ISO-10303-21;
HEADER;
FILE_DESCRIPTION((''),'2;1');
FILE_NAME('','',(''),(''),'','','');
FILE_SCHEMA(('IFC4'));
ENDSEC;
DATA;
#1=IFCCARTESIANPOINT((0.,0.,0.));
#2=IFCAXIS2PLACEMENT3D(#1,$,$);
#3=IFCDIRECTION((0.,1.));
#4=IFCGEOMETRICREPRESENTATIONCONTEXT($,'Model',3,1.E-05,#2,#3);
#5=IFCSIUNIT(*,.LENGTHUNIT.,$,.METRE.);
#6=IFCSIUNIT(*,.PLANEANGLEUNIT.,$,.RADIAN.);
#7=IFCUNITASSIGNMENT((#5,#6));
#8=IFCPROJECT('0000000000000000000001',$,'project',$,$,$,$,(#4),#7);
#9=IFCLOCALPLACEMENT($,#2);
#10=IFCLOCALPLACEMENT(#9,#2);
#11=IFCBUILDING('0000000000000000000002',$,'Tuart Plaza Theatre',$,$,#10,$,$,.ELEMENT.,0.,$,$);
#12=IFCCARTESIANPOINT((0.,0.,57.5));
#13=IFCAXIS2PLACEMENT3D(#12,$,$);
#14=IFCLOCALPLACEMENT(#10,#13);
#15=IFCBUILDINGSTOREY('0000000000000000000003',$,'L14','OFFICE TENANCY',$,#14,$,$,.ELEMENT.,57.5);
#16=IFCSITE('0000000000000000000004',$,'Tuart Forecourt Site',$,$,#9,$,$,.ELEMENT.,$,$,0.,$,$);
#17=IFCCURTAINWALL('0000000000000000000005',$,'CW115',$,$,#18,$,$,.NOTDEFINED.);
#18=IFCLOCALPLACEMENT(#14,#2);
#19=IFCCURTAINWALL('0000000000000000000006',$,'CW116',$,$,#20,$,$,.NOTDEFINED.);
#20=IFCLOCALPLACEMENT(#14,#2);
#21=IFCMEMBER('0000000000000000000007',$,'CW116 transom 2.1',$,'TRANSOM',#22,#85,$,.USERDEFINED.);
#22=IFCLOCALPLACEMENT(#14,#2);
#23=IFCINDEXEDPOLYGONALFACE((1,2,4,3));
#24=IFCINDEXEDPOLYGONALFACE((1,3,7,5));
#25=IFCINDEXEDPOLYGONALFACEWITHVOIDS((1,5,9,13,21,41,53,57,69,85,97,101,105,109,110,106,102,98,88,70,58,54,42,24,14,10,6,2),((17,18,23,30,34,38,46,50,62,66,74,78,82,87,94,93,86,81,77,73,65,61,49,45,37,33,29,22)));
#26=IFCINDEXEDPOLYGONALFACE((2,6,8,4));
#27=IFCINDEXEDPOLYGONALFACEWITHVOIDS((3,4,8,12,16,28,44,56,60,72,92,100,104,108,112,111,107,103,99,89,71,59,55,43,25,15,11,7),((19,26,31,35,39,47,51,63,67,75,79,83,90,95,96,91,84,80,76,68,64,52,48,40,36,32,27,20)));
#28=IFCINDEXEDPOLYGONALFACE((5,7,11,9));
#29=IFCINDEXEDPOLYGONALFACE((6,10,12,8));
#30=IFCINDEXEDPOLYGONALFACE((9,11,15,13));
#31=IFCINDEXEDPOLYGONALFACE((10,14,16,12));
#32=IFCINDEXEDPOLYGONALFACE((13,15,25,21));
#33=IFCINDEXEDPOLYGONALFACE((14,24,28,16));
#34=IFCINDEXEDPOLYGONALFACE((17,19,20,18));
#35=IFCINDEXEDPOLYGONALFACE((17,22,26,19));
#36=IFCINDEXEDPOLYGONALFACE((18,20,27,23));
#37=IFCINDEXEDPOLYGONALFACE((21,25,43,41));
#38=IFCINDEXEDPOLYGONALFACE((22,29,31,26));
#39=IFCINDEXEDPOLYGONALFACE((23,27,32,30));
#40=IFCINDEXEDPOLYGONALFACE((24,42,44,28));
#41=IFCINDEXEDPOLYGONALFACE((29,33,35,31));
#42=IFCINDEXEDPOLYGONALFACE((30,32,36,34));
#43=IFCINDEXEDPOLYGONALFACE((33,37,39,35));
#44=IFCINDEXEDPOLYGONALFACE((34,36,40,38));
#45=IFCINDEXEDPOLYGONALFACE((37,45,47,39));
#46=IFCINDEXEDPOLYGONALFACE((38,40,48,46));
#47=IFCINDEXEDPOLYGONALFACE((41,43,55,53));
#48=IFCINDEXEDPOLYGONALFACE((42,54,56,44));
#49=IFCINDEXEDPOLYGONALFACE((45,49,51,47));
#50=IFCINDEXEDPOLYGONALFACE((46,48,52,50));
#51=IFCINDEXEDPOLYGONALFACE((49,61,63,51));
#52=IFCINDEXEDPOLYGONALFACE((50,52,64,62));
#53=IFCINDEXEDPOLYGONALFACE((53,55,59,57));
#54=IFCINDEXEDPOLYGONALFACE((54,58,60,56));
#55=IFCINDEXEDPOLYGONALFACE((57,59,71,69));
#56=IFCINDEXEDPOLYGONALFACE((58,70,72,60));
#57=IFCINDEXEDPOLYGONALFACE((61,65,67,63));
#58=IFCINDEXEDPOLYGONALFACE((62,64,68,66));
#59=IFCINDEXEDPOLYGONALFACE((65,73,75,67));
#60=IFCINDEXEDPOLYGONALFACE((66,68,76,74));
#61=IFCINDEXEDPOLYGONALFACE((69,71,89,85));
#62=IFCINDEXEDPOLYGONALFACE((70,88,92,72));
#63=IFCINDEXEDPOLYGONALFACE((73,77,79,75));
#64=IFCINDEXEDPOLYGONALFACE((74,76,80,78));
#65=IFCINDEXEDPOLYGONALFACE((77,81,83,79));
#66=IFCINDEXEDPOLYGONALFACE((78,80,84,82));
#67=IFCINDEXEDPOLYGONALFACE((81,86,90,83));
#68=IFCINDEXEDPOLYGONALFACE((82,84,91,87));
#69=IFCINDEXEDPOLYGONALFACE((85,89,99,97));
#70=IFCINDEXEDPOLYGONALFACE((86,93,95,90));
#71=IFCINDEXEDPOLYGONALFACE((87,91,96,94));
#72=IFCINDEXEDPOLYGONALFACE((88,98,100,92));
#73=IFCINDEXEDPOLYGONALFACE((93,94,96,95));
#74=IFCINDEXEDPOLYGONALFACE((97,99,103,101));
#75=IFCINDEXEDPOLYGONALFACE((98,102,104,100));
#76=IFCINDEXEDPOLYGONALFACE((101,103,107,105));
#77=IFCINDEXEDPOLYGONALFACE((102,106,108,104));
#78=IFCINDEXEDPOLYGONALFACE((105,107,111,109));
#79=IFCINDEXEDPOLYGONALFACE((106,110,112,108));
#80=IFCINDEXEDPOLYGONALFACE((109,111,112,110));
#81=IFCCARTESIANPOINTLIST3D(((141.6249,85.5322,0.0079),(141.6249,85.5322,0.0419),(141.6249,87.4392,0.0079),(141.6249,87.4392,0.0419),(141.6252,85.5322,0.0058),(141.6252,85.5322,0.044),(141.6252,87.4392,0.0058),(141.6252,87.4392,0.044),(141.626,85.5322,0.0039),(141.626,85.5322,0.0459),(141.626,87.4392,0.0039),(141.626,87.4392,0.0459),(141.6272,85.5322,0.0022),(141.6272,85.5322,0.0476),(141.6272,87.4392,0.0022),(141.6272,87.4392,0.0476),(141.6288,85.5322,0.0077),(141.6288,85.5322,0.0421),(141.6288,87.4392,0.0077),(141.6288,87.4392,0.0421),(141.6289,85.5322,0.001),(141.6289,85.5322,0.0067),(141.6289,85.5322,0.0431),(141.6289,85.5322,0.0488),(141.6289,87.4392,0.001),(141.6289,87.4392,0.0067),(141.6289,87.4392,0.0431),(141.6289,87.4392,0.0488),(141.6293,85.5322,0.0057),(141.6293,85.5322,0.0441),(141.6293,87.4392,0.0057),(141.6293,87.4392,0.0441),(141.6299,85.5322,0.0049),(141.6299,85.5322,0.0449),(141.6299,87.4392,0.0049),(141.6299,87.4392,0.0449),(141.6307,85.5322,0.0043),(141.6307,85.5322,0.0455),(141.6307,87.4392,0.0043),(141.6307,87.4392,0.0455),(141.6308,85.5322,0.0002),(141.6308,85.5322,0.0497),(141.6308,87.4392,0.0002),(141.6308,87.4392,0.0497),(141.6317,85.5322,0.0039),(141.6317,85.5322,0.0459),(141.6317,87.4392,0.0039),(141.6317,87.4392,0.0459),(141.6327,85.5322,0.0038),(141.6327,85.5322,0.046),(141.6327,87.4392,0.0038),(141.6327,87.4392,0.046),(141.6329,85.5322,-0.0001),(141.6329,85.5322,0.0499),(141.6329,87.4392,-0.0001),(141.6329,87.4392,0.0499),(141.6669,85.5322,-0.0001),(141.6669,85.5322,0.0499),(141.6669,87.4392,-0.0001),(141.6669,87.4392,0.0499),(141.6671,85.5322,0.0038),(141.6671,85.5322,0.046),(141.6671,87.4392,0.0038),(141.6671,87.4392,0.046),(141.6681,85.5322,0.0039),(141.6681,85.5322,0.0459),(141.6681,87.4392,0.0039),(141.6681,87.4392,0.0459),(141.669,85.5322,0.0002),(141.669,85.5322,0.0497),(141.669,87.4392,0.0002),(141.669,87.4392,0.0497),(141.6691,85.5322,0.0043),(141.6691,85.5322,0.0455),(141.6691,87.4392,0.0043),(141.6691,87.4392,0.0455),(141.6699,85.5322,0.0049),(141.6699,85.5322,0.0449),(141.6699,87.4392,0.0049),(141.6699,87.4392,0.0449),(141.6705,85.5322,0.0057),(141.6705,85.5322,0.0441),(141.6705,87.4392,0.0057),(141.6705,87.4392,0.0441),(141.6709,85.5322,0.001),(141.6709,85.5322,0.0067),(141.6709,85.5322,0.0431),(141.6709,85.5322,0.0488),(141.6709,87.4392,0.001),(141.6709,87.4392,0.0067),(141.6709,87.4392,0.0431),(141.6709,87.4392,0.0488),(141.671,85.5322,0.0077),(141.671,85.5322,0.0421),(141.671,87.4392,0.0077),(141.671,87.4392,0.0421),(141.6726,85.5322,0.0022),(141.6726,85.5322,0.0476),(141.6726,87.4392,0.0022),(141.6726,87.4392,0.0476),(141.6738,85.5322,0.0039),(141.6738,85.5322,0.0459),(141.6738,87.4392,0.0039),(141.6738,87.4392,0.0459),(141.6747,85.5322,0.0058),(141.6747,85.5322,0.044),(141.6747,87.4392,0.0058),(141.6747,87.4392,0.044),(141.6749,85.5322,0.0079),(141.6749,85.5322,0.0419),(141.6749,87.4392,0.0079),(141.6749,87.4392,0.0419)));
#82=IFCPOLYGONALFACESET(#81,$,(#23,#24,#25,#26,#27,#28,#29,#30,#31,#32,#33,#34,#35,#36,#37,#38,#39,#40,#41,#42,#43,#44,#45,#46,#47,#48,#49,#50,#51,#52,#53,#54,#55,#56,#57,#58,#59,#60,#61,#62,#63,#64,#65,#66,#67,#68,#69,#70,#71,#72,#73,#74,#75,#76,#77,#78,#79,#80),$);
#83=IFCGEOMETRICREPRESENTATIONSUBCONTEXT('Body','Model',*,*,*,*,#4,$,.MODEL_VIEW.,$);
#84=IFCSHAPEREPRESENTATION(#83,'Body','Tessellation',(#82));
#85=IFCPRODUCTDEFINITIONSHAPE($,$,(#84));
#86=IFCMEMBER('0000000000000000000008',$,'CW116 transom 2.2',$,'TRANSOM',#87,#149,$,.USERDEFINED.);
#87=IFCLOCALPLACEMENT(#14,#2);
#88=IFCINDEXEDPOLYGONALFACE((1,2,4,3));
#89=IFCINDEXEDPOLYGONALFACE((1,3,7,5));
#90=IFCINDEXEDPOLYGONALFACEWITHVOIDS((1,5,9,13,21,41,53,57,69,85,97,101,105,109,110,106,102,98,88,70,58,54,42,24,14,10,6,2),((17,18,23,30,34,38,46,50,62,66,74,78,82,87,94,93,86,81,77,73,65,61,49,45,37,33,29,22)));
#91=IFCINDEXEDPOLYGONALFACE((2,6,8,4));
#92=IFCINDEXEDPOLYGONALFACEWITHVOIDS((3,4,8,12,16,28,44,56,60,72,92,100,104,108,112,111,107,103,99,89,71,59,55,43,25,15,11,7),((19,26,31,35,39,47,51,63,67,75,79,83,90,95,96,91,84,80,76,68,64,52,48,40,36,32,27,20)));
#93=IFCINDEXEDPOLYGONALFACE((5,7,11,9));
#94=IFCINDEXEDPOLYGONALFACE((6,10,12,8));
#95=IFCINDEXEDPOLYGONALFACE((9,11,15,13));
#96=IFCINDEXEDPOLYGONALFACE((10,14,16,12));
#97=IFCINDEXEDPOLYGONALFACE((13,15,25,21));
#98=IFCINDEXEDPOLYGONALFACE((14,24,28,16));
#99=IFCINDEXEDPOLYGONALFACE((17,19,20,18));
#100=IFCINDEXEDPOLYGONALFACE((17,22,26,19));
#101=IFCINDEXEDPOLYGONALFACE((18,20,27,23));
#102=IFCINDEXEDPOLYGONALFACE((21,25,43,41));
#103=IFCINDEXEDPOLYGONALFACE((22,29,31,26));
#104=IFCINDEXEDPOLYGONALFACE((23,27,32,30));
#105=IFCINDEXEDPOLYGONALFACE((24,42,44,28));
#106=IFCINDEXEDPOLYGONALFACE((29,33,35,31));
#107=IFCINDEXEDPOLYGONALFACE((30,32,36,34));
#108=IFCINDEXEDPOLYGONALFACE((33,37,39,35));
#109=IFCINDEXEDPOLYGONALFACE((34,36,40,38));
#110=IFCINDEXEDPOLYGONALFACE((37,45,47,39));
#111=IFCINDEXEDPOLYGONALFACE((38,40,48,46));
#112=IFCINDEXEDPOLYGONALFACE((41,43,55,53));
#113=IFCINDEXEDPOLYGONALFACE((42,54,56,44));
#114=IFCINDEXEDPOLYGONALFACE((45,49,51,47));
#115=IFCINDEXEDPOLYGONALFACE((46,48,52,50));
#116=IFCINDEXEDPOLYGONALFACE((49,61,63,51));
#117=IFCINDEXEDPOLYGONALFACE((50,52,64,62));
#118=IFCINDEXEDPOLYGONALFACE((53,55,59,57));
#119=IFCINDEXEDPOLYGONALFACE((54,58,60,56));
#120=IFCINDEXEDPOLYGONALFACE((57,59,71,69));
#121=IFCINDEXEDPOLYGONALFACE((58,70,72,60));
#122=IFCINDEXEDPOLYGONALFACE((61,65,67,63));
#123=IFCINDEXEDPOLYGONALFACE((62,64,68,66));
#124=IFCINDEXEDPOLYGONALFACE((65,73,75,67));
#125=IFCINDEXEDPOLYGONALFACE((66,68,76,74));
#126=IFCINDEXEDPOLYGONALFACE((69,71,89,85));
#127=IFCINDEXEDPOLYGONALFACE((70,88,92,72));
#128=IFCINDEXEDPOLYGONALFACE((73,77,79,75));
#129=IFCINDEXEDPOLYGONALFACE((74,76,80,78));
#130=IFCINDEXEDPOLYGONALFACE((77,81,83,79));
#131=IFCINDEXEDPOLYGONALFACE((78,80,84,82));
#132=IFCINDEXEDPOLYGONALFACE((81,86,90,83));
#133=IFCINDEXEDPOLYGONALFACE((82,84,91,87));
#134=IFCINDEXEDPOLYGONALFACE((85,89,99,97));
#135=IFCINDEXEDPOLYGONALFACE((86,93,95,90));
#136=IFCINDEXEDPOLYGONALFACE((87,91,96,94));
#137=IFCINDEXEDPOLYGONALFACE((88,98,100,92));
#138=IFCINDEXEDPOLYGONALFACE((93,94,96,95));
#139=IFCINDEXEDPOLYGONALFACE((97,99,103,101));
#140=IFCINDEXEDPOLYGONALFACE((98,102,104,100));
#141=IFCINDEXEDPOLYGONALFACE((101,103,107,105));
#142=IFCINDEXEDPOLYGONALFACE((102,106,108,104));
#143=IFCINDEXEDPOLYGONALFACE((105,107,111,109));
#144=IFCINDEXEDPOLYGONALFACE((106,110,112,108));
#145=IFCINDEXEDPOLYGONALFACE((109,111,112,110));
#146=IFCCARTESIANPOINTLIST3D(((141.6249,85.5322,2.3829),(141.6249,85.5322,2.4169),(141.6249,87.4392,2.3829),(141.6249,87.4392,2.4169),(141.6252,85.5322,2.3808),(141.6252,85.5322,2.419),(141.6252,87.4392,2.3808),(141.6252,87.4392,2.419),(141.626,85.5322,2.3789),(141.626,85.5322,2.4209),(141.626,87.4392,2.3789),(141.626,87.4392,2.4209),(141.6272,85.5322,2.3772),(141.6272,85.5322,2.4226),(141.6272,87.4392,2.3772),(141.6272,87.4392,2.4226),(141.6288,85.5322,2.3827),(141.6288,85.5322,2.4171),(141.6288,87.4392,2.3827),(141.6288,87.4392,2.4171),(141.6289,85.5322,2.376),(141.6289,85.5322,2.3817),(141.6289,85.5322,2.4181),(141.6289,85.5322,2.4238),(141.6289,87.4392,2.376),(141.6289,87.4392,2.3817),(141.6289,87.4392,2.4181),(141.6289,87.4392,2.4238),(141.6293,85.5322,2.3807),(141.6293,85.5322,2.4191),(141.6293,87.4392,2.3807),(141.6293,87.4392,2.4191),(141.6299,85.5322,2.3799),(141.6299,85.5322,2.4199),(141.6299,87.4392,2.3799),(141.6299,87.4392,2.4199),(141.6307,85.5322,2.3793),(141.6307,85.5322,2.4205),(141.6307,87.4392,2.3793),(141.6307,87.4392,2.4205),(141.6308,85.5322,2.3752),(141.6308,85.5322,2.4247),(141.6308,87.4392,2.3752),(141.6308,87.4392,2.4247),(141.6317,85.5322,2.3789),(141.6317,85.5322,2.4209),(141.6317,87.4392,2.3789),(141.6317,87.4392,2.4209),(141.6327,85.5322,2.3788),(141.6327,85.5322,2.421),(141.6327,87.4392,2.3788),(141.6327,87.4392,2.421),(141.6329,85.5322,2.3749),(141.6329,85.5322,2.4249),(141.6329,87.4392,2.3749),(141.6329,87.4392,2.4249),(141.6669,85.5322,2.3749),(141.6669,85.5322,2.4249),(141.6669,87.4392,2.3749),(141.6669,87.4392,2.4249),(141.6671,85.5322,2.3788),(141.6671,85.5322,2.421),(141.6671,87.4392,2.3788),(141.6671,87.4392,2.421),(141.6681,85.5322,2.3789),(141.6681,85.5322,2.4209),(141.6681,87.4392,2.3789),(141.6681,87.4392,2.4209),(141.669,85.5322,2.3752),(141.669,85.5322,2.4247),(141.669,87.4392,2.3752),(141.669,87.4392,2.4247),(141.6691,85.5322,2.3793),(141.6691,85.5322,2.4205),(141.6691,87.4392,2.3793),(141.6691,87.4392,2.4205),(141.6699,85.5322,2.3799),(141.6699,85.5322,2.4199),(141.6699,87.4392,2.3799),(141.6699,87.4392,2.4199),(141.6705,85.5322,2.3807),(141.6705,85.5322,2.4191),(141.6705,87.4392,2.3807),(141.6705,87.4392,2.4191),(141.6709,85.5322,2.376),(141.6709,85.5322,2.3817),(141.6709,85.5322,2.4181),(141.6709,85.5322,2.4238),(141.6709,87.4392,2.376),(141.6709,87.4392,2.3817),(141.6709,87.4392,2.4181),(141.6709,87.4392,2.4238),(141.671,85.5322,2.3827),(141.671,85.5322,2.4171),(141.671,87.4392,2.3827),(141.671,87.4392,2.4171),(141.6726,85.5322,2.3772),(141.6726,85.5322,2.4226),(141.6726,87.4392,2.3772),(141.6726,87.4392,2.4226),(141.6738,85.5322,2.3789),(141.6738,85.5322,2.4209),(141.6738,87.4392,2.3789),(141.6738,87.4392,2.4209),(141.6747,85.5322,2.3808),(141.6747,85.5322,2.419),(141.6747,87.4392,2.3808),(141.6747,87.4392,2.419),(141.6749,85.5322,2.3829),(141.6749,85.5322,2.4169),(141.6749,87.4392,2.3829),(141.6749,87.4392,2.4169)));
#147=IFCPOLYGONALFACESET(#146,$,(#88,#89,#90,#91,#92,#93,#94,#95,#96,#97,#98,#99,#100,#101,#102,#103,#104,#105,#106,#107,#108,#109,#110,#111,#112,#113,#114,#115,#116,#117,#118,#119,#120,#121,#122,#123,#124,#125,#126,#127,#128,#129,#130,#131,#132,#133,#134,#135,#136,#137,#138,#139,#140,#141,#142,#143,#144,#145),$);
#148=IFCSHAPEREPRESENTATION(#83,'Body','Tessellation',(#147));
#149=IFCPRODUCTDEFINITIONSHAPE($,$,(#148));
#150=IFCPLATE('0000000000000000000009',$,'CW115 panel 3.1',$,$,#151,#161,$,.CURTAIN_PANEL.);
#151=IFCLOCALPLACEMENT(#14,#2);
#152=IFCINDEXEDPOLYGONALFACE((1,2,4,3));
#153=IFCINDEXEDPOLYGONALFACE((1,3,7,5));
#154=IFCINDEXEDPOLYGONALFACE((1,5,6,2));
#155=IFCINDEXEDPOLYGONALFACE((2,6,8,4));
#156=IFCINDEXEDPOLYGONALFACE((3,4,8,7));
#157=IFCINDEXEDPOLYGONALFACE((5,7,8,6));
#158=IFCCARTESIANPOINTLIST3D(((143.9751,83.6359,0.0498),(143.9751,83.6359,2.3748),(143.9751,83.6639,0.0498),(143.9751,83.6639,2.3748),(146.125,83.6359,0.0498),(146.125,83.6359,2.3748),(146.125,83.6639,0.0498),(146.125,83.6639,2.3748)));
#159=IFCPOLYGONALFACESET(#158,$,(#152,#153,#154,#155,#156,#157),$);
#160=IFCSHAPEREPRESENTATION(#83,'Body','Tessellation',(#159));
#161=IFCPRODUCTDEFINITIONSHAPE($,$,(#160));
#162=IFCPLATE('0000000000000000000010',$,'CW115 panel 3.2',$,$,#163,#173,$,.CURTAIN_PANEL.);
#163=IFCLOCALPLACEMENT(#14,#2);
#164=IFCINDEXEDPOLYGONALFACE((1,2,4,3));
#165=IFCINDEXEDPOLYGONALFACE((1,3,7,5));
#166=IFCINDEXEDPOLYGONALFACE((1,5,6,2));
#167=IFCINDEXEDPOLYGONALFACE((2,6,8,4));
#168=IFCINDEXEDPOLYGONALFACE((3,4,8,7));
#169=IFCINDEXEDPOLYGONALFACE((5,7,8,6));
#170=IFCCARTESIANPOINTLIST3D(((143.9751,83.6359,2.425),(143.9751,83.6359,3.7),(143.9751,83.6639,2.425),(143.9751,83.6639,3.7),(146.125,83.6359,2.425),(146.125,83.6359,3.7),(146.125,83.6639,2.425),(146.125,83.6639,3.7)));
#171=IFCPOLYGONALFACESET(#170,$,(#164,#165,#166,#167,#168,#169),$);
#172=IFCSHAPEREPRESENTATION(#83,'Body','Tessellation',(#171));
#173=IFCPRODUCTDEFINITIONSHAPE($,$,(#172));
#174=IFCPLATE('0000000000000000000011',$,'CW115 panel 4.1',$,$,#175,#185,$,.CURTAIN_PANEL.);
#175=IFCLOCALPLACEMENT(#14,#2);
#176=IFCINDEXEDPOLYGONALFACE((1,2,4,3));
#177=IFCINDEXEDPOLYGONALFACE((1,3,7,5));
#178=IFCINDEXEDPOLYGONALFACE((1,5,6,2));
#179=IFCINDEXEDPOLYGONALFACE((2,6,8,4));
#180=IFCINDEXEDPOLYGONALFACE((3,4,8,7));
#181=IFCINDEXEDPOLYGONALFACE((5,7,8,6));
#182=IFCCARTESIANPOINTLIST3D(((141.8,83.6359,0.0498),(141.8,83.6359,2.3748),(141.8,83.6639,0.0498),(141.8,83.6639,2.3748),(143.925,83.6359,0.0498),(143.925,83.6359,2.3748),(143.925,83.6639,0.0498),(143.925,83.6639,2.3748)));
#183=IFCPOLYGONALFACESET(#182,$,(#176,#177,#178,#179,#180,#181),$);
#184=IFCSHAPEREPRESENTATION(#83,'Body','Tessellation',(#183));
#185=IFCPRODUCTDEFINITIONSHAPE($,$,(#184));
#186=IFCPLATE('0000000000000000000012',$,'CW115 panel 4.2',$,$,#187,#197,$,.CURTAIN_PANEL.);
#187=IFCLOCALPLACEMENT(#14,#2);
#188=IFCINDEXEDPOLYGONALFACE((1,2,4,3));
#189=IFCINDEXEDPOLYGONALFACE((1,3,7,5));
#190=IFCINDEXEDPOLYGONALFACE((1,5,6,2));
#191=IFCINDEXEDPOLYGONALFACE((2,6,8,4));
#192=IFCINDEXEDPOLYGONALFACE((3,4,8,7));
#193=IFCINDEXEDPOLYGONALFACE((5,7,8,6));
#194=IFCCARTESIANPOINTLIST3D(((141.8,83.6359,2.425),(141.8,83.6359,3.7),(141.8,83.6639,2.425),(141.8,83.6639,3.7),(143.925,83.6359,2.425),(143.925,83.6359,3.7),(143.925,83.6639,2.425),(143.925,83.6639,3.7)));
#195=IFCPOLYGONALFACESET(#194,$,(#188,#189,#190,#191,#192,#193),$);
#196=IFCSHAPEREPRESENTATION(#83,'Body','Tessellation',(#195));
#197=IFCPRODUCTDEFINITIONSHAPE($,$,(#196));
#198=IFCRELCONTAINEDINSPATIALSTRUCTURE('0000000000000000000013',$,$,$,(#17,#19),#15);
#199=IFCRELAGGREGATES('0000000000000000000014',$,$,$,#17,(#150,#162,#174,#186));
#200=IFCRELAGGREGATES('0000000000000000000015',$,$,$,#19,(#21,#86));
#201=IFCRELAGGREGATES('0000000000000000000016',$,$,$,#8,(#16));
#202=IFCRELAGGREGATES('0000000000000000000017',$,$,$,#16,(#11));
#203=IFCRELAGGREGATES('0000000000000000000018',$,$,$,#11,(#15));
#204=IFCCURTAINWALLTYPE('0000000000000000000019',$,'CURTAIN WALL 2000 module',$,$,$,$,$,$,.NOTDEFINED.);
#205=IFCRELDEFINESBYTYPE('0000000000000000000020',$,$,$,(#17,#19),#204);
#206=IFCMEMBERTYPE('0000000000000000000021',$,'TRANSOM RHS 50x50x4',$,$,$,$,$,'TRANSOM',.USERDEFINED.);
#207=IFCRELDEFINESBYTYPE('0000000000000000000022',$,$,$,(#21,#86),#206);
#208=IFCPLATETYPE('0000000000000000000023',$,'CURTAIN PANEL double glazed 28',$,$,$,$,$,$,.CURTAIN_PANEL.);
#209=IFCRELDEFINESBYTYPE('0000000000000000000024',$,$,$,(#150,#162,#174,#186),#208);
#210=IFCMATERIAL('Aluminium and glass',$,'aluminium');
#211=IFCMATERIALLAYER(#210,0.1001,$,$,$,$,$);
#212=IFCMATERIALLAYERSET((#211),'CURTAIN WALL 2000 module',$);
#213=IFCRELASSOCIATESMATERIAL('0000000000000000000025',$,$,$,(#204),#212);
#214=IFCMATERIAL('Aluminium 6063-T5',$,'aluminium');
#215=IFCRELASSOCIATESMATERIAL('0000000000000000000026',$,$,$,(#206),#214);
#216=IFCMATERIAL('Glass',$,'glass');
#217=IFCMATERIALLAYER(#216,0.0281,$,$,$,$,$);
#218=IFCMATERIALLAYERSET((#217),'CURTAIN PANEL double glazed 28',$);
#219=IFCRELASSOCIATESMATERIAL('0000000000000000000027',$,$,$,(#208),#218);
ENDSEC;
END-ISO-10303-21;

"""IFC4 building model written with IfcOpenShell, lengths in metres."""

from ifc_helpers import new_model, si_unit, direction, frame, origin, origin_2d, place, context, subcontext, project, spatial, rectangle, hollow_rectangle, extrude, material, layer, layer_set, material_profile, profile_set, type_object, element, aggregate, save


model = new_model("IFC4")

# Units and contexts
model_context = context("Model", 3, precision=1e-05, world=origin(), true_north=direction((0.0, 1.0)))
body_context = subcontext(model_context, "Body", "Model", "MODEL_VIEW")
ifc_project = project(units=[si_unit("LENGTHUNIT", "METRE"), si_unit("PLANEANGLEUNIT", "RADIAN")], contexts=[model_context])

# Site, building, storey
site_placement = place(None, origin())
site = spatial("IfcSite", under=ifc_project, at=site_placement, Name="Tuart Forecourt Site", CompositionType="ELEMENT", RefElevation=0.0)
building_placement = place(site_placement, origin())
building = spatial("IfcBuilding", under=site, at=building_placement, Name="Tuart Plaza Theatre", CompositionType="ELEMENT", ElevationOfRefHeight=0.0)
storey_placement = place(building_placement, frame((0.0, 0.0, 57.5)))
storey = spatial("IfcBuildingStorey", under=building, at=storey_placement, Name="L14", Description="OFFICE TENANCY", CompositionType="ELEMENT", Elevation=57.5)

# Curtain walls
ifc_material_1 = material(Name="Aluminium and glass", Category="aluminium")
ifc_layer_1 = layer(ifc_material_1, 0.1001)
ifc_layer_set_1 = layer_set([ifc_layer_1], Name="CURTAIN WALL 2000 module")
curtain_wall_type = type_object("IfcCurtainWallType", Name="CURTAIN WALL 2000 module", PredefinedType="NOTDEFINED", material=ifc_layer_set_1)
curtain_wall_1_placement = place(storey_placement, origin())
curtain_wall_1 = element("IfcCurtainWall", 1, at=curtain_wall_1_placement, inside=storey, type_object=curtain_wall_type, Name="CW115", PredefinedType="NOTDEFINED")
curtain_wall_2_placement = place(storey_placement, origin())
curtain_wall_2 = element("IfcCurtainWall", 2, at=curtain_wall_2_placement, inside=storey, type_object=curtain_wall_type, Name="CW116", PredefinedType="NOTDEFINED")

# Members
ifc_material_2 = material(Name="Aluminium 6063-T5", Category="aluminium")
ifc_material_profile_1 = material_profile(ifc_material_2, hollow_rectangle(XDim=0.05, YDim=0.05, WallThickness=0.0039, InnerFilletRadius=0.0039, OuterFilletRadius=0.0081, at=origin_2d()), Name="RHS 50x50x4")
ifc_profile_set_1 = profile_set([ifc_material_profile_1], Name="Aluminium 6063-T5")
member_type_1 = type_object("IfcMemberType", Name="TRANSOM RHS 50x50x4", ElementType="TRANSOM", PredefinedType="USERDEFINED", material=ifc_profile_set_1)
member_1_placement = place(storey_placement, frame((141.6499, 85.5322, 0.0249), z_axis=(0.0, 1.0, 0.0), x_axis=(-1.0, 0.0, 0.0)))
member_1 = element("IfcMember", 3, at=member_1_placement, type_object=member_type_1, Name="CW116 transom 2.1", ObjectType="TRANSOM", PredefinedType="USERDEFINED", context=body_context, shape_type="SweptSolid", body=[
    extrude(hollow_rectangle(XDim=0.05, YDim=0.05, WallThickness=0.0039, InnerFilletRadius=0.0039, OuterFilletRadius=0.0081, at=origin_2d()), origin(), (0.0, 0.0, 1.0), 1.907),
])
member_2_placement = place(storey_placement, frame((141.6499, 85.5322, 2.3999), z_axis=(0.0, 1.0, 0.0), x_axis=(-1.0, 0.0, 0.0)))
member_2 = element("IfcMember", 4, at=member_2_placement, type_object=member_type_1, Name="CW116 transom 2.2", ObjectType="TRANSOM", PredefinedType="USERDEFINED", context=body_context, shape_type="SweptSolid", body=[
    extrude(hollow_rectangle(XDim=0.05, YDim=0.05, WallThickness=0.0039, InnerFilletRadius=0.0039, OuterFilletRadius=0.0081, at=origin_2d()), origin(), (0.0, 0.0, 1.0), 1.907),
])

# Plates
ifc_material_3 = material(Name="Glass", Category="glass")
ifc_layer_2 = layer(ifc_material_3, 0.0281)
ifc_layer_set_2 = layer_set([ifc_layer_2], Name="CURTAIN PANEL double glazed 28")
plate_type = type_object("IfcPlateType", Name="CURTAIN PANEL double glazed 28", PredefinedType="CURTAIN_PANEL", material=ifc_layer_set_2)
plate_1_placement = place(storey_placement, frame((145.05, 83.6499, 0.0498), z_axis=(0.0, 0.0, 1.0), x_axis=(-1.0, 0.0, 0.0)))
plate_1 = element("IfcPlate", 5, at=plate_1_placement, type_object=plate_type, Name="CW115 panel 3.1", PredefinedType="CURTAIN_PANEL", context=body_context, shape_type="SweptSolid", body=[
    extrude(rectangle(XDim=2.1499, YDim=0.0281, at=origin_2d()), origin(), (0.0, 0.0, 1.0), 2.325),
])
plate_2_placement = place(storey_placement, frame((145.05, 83.6499, 2.425), z_axis=(0.0, 0.0, 1.0), x_axis=(-1.0, 0.0, 0.0)))
plate_2 = element("IfcPlate", 6, at=plate_2_placement, type_object=plate_type, Name="CW115 panel 3.2", PredefinedType="CURTAIN_PANEL", context=body_context, shape_type="SweptSolid", body=[
    extrude(rectangle(XDim=2.1499, YDim=0.0281, at=origin_2d()), origin(), (0.0, 0.0, 1.0), 1.2749),
])
plate_3_placement = place(storey_placement, frame((142.8625, 83.6499, 0.0498), z_axis=(0.0, 0.0, 1.0), x_axis=(-1.0, 0.0, 0.0)))
plate_3 = element("IfcPlate", 7, at=plate_3_placement, type_object=plate_type, Name="CW115 panel 4.1", PredefinedType="CURTAIN_PANEL", context=body_context, shape_type="SweptSolid", body=[
    extrude(rectangle(XDim=2.125, YDim=0.0281, at=origin_2d()), origin(), (0.0, 0.0, 1.0), 2.325),
])
plate_4_placement = place(storey_placement, frame((142.8625, 83.6499, 2.425), z_axis=(0.0, 0.0, 1.0), x_axis=(-1.0, 0.0, 0.0)))
plate_4 = element("IfcPlate", 8, at=plate_4_placement, type_object=plate_type, Name="CW115 panel 4.2", PredefinedType="CURTAIN_PANEL", context=body_context, shape_type="SweptSolid", body=[
    extrude(rectangle(XDim=2.125, YDim=0.0281, at=origin_2d()), origin(), (0.0, 0.0, 1.0), 1.2749),
])
aggregate(curtain_wall_1, [plate_1, plate_2, plate_3, plate_4])
aggregate(curtain_wall_2, [member_1, member_2])

save(model, "model.ifc")
